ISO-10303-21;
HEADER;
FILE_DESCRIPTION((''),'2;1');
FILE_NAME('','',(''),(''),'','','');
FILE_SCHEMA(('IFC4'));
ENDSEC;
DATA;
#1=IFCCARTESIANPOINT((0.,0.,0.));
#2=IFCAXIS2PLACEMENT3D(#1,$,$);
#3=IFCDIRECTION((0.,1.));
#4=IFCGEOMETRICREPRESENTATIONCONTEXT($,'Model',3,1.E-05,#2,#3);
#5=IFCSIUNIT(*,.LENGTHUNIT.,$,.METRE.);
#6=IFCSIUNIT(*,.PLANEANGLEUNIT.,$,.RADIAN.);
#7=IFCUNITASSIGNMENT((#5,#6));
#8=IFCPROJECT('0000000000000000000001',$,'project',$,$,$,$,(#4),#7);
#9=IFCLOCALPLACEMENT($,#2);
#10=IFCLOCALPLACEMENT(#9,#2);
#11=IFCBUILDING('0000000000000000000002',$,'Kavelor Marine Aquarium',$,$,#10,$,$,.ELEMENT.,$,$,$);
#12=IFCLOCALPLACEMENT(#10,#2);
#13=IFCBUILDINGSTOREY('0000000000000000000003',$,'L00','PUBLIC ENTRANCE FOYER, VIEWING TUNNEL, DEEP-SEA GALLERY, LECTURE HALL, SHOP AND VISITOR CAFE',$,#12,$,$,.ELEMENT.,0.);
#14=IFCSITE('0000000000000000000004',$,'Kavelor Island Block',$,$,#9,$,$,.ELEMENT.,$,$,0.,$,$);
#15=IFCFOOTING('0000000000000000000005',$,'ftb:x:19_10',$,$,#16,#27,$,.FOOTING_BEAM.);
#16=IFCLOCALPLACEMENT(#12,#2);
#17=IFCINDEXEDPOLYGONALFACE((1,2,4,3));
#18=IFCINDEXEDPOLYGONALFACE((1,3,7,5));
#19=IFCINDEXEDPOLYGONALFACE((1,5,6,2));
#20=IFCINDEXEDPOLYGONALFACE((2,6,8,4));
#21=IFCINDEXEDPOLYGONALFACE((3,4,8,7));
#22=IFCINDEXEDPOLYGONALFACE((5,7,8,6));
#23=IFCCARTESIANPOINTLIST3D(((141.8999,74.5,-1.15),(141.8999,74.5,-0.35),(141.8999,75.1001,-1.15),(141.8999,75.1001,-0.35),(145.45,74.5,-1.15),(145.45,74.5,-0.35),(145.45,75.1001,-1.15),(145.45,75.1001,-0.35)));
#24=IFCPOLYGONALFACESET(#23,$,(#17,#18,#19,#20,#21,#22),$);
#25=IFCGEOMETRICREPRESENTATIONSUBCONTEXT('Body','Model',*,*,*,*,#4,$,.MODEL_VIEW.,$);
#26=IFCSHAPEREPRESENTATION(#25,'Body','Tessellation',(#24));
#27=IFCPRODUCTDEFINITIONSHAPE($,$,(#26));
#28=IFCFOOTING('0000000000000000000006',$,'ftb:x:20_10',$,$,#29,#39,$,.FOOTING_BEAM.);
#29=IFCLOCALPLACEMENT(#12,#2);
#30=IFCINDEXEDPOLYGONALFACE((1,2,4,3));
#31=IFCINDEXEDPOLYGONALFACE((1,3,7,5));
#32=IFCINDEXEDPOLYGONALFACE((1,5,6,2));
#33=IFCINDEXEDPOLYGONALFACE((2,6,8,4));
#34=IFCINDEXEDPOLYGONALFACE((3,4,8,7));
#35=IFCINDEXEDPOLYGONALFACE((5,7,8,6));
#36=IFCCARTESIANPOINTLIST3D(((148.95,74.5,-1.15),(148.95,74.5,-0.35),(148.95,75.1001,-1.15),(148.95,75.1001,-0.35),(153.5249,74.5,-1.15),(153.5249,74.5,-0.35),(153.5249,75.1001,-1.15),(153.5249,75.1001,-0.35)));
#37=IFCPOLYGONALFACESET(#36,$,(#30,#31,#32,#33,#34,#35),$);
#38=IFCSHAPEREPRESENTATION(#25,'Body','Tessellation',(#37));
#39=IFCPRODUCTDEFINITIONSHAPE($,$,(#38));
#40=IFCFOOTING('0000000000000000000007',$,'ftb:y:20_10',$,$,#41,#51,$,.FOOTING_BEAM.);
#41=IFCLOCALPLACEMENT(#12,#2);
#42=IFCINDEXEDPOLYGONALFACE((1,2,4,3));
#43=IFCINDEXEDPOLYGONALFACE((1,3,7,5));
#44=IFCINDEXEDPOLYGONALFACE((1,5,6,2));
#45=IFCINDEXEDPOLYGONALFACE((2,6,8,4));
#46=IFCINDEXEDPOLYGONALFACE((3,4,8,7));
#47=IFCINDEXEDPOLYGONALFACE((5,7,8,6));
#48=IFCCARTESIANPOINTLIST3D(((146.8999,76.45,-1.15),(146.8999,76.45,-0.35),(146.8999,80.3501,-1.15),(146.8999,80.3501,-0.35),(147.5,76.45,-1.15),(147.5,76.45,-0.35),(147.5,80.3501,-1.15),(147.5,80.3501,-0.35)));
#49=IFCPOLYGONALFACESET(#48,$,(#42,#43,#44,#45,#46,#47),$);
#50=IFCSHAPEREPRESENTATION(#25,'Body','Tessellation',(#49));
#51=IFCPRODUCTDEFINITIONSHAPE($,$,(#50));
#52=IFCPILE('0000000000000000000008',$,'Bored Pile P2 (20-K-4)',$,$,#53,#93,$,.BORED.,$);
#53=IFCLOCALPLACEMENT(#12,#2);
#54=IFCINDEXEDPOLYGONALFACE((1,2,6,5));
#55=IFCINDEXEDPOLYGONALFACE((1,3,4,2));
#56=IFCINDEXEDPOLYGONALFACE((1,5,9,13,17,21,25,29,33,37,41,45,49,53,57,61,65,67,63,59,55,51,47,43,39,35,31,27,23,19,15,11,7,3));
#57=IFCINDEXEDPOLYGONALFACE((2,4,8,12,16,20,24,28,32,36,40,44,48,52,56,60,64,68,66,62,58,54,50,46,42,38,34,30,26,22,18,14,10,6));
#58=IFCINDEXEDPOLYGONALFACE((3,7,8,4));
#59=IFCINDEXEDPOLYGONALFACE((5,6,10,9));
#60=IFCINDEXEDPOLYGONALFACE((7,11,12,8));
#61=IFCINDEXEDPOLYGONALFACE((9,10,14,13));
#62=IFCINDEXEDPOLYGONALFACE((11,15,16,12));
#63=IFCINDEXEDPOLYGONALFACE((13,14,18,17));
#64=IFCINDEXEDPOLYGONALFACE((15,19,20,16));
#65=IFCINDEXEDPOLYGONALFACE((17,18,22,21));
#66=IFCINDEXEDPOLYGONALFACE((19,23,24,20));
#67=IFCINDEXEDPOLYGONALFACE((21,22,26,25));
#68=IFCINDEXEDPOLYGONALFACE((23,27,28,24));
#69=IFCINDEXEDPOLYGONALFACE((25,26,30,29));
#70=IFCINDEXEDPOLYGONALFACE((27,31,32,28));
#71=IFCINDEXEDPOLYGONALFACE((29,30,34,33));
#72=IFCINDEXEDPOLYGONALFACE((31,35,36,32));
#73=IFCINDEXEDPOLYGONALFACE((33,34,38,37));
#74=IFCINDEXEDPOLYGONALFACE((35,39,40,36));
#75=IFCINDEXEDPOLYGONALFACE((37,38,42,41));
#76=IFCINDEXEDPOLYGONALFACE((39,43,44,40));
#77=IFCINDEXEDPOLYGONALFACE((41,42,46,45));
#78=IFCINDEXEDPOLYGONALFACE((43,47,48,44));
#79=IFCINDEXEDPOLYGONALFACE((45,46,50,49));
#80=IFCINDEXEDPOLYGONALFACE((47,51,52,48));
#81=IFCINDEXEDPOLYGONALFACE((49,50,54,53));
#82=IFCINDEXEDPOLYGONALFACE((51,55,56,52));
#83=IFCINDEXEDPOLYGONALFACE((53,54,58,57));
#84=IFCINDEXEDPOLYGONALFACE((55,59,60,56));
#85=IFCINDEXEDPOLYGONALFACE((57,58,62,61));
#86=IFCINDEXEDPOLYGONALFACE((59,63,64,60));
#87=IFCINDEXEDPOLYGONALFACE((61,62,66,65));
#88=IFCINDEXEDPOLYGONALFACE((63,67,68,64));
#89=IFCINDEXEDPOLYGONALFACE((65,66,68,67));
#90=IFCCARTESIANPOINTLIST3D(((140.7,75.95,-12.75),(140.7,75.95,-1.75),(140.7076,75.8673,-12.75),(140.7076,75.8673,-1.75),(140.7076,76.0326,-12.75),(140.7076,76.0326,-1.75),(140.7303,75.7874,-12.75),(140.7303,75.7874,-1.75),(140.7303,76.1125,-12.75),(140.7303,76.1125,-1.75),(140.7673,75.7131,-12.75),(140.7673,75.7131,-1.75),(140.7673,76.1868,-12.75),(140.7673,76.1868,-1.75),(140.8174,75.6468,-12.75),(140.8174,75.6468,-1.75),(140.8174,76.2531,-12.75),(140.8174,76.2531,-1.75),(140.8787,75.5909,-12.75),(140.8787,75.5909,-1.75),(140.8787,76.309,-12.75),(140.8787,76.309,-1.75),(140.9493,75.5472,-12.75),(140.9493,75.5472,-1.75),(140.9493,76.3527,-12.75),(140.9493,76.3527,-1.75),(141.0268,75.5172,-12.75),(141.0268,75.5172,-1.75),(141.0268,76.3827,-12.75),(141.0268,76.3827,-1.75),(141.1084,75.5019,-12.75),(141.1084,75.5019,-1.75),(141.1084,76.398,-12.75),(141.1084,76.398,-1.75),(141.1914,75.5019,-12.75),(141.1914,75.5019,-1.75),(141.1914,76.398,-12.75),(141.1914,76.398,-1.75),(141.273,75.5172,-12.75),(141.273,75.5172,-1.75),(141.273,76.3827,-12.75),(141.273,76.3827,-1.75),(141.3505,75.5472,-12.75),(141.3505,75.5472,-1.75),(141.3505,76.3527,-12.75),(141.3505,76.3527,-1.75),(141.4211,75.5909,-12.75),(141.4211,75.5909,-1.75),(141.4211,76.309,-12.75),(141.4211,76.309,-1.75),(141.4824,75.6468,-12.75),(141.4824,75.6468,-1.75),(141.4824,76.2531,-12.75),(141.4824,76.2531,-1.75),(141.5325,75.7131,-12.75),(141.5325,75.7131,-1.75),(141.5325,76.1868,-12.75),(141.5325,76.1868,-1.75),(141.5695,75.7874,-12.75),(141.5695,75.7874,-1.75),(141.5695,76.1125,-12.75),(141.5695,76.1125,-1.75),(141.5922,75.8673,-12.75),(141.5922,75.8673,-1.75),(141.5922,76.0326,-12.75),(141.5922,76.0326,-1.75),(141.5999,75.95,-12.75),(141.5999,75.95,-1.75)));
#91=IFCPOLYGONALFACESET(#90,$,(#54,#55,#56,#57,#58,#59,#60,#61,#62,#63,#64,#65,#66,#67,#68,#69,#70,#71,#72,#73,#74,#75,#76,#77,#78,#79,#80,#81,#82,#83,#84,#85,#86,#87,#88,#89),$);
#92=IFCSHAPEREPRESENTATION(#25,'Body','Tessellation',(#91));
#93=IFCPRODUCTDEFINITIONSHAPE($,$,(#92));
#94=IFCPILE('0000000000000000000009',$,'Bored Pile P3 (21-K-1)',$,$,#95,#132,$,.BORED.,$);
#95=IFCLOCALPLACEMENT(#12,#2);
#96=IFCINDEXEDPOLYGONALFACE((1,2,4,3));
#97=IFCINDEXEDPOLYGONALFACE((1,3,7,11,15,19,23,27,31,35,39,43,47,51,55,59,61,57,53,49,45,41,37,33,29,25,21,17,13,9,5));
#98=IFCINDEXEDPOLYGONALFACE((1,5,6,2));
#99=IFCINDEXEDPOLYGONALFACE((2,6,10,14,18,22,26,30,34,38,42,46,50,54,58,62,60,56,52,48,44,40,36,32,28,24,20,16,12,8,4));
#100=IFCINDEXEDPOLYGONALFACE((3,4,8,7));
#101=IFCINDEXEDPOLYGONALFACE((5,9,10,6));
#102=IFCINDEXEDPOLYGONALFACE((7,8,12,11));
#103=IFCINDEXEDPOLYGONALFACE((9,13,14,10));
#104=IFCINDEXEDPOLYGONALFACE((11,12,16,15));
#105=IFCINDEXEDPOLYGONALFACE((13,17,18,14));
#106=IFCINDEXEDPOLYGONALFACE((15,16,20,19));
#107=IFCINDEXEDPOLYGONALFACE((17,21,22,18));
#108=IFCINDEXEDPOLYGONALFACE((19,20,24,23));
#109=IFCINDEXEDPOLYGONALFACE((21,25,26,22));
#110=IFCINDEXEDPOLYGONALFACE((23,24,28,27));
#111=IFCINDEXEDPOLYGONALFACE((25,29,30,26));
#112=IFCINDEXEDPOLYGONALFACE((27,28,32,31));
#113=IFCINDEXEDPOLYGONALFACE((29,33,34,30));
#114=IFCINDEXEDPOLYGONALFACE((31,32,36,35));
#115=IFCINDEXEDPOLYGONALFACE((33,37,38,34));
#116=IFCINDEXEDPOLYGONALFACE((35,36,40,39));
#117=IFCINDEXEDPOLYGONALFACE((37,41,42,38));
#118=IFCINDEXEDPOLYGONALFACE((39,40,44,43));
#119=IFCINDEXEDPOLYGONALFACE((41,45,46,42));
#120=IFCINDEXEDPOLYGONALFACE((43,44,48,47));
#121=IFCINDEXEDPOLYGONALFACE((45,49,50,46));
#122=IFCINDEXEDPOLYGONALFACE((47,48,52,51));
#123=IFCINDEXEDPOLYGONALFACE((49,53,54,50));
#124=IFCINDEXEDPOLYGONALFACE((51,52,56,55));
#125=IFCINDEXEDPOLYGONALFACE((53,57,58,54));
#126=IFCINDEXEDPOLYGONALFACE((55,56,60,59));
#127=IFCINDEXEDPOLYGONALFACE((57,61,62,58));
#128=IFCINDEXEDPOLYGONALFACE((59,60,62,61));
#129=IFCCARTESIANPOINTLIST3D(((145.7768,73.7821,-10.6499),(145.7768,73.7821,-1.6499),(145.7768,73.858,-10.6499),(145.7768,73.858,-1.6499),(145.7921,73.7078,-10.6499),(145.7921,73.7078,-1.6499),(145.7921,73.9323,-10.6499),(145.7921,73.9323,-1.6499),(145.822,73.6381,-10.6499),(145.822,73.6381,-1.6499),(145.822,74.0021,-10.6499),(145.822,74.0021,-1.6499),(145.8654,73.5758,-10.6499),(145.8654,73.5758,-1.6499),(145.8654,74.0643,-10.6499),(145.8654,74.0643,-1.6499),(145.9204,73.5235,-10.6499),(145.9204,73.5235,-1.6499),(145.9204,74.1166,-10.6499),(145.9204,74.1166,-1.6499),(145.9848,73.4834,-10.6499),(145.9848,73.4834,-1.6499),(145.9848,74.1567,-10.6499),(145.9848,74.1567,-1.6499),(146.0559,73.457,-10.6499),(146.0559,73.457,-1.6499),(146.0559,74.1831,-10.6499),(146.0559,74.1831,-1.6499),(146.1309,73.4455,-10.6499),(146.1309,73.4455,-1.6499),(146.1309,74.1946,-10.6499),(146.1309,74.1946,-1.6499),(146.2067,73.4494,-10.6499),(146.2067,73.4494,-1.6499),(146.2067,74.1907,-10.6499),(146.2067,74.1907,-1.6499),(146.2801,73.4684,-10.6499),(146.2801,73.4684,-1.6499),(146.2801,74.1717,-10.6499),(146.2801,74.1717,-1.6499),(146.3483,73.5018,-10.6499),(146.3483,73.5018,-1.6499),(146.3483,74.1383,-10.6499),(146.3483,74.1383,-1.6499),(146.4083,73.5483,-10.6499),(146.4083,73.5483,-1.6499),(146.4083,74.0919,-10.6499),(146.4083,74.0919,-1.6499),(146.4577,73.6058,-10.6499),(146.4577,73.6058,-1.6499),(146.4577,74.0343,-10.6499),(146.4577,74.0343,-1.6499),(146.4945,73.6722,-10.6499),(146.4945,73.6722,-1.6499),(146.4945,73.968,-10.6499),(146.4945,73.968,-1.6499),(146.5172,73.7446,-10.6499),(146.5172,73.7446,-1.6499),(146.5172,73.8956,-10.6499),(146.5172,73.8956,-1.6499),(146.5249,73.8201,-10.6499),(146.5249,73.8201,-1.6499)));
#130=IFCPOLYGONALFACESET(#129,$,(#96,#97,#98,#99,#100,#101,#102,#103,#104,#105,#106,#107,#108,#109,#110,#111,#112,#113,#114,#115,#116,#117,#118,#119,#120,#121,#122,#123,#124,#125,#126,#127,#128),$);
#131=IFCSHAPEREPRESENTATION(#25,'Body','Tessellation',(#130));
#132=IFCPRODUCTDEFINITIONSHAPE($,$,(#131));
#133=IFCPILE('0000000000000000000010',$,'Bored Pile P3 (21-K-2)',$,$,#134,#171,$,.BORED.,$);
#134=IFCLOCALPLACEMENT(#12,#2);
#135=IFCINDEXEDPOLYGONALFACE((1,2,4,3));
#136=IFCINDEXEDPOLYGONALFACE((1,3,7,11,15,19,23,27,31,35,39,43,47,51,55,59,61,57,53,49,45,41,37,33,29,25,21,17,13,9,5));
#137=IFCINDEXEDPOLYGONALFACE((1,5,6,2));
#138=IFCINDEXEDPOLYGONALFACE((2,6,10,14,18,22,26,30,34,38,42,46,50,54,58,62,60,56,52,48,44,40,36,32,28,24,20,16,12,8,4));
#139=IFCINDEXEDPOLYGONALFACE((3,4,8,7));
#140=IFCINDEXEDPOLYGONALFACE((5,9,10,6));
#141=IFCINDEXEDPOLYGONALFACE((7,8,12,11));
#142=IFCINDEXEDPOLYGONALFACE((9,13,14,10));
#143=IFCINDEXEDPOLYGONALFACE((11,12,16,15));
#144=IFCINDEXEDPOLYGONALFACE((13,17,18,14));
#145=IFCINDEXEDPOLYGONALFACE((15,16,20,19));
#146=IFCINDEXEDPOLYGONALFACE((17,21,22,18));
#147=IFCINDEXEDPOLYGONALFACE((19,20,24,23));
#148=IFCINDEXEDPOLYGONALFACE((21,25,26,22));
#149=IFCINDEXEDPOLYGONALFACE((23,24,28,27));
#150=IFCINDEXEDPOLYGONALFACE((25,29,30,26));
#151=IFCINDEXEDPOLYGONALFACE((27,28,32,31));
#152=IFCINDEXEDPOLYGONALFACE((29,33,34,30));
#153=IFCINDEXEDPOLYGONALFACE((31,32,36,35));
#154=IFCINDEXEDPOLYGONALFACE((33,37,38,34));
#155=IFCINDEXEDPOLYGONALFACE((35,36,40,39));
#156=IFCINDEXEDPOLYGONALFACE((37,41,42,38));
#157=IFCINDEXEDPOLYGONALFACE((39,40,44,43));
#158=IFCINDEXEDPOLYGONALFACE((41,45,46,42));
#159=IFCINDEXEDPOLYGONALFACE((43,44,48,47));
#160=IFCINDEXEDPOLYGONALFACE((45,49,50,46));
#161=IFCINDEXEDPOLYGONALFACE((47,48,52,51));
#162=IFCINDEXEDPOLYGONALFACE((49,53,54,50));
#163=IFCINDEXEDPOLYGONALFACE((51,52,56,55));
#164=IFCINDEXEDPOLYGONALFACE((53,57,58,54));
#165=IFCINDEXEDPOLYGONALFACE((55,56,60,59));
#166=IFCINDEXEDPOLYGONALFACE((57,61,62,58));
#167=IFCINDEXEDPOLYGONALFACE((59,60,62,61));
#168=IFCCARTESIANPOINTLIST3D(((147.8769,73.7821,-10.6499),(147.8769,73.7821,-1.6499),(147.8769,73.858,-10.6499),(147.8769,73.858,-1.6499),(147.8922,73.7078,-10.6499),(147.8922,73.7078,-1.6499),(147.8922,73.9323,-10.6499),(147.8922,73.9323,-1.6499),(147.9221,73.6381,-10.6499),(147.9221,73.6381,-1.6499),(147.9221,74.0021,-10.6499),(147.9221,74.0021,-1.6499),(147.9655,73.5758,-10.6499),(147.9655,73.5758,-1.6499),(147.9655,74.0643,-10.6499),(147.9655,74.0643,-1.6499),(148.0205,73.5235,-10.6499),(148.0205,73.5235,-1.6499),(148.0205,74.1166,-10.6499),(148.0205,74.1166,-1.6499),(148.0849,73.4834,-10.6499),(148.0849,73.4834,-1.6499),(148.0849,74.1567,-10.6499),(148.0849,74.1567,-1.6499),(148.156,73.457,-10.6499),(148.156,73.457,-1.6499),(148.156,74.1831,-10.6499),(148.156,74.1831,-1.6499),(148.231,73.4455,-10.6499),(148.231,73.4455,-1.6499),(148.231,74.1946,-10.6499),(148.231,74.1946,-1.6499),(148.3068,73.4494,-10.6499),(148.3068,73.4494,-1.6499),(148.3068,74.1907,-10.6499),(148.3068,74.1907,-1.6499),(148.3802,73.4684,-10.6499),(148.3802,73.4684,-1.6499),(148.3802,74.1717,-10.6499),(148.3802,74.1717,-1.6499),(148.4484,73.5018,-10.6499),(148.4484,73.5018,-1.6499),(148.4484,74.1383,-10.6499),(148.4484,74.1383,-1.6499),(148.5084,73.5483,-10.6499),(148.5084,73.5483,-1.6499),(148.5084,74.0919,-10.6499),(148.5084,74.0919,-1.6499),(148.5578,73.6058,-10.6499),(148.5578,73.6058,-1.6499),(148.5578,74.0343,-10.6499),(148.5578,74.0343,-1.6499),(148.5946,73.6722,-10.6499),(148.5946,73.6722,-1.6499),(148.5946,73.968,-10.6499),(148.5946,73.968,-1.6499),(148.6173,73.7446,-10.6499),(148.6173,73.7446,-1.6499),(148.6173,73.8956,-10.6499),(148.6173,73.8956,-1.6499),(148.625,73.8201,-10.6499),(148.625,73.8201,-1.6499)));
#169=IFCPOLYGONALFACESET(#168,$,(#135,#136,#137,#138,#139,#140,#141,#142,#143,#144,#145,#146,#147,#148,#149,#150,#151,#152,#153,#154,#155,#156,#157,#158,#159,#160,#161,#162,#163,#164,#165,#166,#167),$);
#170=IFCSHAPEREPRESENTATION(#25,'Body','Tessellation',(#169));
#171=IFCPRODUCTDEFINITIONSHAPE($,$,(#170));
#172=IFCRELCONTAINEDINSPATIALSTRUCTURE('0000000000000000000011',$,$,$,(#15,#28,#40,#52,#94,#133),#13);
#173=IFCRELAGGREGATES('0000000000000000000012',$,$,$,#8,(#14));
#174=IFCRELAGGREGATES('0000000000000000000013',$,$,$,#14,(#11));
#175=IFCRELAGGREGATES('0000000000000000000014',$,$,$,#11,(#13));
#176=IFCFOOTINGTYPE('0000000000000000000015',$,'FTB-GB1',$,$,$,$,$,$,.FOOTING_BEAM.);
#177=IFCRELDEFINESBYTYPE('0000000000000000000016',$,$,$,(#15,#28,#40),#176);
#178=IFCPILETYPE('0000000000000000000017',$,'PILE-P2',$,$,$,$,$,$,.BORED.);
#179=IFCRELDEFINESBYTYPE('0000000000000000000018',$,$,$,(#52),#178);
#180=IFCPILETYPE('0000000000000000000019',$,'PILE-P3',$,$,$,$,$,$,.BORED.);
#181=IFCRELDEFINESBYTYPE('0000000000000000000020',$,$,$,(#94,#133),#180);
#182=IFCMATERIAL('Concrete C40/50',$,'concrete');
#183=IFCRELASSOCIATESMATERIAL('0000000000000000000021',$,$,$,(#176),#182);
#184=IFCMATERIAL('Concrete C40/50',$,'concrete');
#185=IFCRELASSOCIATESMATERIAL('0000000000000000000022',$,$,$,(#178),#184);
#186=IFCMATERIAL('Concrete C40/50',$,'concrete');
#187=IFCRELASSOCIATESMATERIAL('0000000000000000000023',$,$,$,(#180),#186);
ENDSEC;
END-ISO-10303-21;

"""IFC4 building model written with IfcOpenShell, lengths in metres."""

from ifc_helpers import new_model, si_unit, direction, frame, origin, origin_2d, place, context, subcontext, project, spatial, rectangle, circle, extrude, material, material_profile, profile_set, type_object, element, save


model = new_model("IFC4")

# Units and contexts
model_context = context("Model", 3, precision=1e-05, world=origin(), true_north=direction((0.0, 1.0)))
body_context = subcontext(model_context, "Body", "Model", "MODEL_VIEW")
ifc_project = project(units=[si_unit("LENGTHUNIT", "METRE"), si_unit("PLANEANGLEUNIT", "RADIAN")], contexts=[model_context])

# Site, building, storey
site_placement = place(None, origin())
site = spatial("IfcSite", under=ifc_project, at=site_placement, Name="Kavelor Island Block", CompositionType="ELEMENT", RefElevation=0.0)
building_placement = place(site_placement, origin())
building = spatial("IfcBuilding", under=site, at=building_placement, Name="Kavelor Marine Aquarium", CompositionType="ELEMENT")
storey_placement = place(building_placement, origin())
storey = spatial("IfcBuildingStorey", under=building, at=storey_placement, Name="L00", Description="PUBLIC ENTRANCE FOYER, VIEWING TUNNEL, DEEP-SEA GALLERY, LECTURE HALL, SHOP AND VISITOR CAFE", CompositionType="ELEMENT", Elevation=0.0)

# Footings
ifc_material_1 = material(Name="Concrete C40/50", Category="concrete")
ifc_material_profile_1 = material_profile(ifc_material_1, rectangle(XDim=0.6001, YDim=0.8, at=origin_2d()), Name="GB 600x800")
ifc_profile_set_1 = profile_set([ifc_material_profile_1], Name="Concrete C40/50")
footing_type = type_object("IfcFootingType", Name="FTB-GB1", PredefinedType="FOOTING_BEAM", material=ifc_profile_set_1)
footing_1_placement = place(storey_placement, frame((141.8999, 74.8, -0.75), z_axis=(1.0, 0.0, 0.0), x_axis=(0.0, 1.0, 0.0)))
element("IfcFooting", 1, at=footing_1_placement, inside=storey, type_object=footing_type, Name="ftb:x:19_10", PredefinedType="FOOTING_BEAM", context=body_context, shape_type="SweptSolid", body=[
    extrude(rectangle(XDim=0.6001, YDim=0.8, at=origin_2d()), origin(), (0.0, 0.0, 1.0), 3.55),
])
footing_2_placement = place(storey_placement, frame((148.95, 74.8, -0.75), z_axis=(1.0, 0.0, 0.0), x_axis=(0.0, 1.0, 0.0)))
element("IfcFooting", 2, at=footing_2_placement, inside=storey, type_object=footing_type, Name="ftb:x:20_10", PredefinedType="FOOTING_BEAM", context=body_context, shape_type="SweptSolid", body=[
    extrude(rectangle(XDim=0.6001, YDim=0.8, at=origin_2d()), origin(), (0.0, 0.0, 1.0), 4.575),
])
footing_3_placement = place(storey_placement, frame((147.2, 76.45, -0.75), z_axis=(0.0, 1.0, 0.0), x_axis=(-1.0, 0.0, 0.0)))
element("IfcFooting", 3, at=footing_3_placement, inside=storey, type_object=footing_type, Name="ftb:y:20_10", PredefinedType="FOOTING_BEAM", context=body_context, shape_type="SweptSolid", body=[
    extrude(rectangle(XDim=0.6001, YDim=0.8, at=origin_2d()), origin(), (0.0, 0.0, 1.0), 3.9001),
])

# Piles
ifc_material_2 = material(Name="Concrete C40/50", Category="concrete")
ifc_material_profile_2 = material_profile(ifc_material_2, circle(Radius=0.45, at=origin_2d()), Name="PILE D900")
ifc_profile_set_2 = profile_set([ifc_material_profile_2], Name="Concrete C40/50")
pile_type_1 = type_object("IfcPileType", Name="PILE-P2", PredefinedType="BORED", material=ifc_profile_set_2)
pile_placement = place(storey_placement, frame((141.1499, 75.95, -1.75), z_axis=(0.0, 0.0, -1.0), x_axis=(1.0, 0.0, 0.0)))
element("IfcPile", 4, at=pile_placement, inside=storey, type_object=pile_type_1, Name="Bored Pile P2 (20-K-4)", PredefinedType="BORED", context=body_context, shape_type="SweptSolid", body=[
    extrude(circle(Radius=0.45, at=origin_2d()), origin(), (0.0, 0.0, 1.0), 11.0),
])
ifc_material_3 = material(Name="Concrete C40/50", Category="concrete")
ifc_material_profile_3 = material_profile(ifc_material_3, circle(Radius=0.375, at=origin_2d()), Name="PILE D750")
ifc_profile_set_3 = profile_set([ifc_material_profile_3], Name="Concrete C40/50")
pile_type_2 = type_object("IfcPileType", Name="PILE-P3", PredefinedType="BORED", material=ifc_profile_set_3)
for number, where, z_axis, x_axis, name in (
    (5, (146.1499, 73.8201, -1.6499), (0.0, 0.0, -1.0), (1.0, 0.0, 0.0), "Bored Pile P3 (21-K-1)"),
    (6, (148.25, 73.8201, -1.6499), (0.0, 0.0, -1.0), (1.0, 0.0, 0.0), "Bored Pile P3 (21-K-2)"),
):
    element("IfcPile", number, at=place(storey_placement, frame(where, z_axis=z_axis, x_axis=x_axis)), inside=storey, type_object=pile_type_2, Name=name, PredefinedType="BORED", context=body_context, shape_type="SweptSolid", body=[
        extrude(circle(Radius=0.375, at=origin_2d()), origin(), (0.0, 0.0, 1.0), 9.0),
    ])

save(model, "model.ifc")
